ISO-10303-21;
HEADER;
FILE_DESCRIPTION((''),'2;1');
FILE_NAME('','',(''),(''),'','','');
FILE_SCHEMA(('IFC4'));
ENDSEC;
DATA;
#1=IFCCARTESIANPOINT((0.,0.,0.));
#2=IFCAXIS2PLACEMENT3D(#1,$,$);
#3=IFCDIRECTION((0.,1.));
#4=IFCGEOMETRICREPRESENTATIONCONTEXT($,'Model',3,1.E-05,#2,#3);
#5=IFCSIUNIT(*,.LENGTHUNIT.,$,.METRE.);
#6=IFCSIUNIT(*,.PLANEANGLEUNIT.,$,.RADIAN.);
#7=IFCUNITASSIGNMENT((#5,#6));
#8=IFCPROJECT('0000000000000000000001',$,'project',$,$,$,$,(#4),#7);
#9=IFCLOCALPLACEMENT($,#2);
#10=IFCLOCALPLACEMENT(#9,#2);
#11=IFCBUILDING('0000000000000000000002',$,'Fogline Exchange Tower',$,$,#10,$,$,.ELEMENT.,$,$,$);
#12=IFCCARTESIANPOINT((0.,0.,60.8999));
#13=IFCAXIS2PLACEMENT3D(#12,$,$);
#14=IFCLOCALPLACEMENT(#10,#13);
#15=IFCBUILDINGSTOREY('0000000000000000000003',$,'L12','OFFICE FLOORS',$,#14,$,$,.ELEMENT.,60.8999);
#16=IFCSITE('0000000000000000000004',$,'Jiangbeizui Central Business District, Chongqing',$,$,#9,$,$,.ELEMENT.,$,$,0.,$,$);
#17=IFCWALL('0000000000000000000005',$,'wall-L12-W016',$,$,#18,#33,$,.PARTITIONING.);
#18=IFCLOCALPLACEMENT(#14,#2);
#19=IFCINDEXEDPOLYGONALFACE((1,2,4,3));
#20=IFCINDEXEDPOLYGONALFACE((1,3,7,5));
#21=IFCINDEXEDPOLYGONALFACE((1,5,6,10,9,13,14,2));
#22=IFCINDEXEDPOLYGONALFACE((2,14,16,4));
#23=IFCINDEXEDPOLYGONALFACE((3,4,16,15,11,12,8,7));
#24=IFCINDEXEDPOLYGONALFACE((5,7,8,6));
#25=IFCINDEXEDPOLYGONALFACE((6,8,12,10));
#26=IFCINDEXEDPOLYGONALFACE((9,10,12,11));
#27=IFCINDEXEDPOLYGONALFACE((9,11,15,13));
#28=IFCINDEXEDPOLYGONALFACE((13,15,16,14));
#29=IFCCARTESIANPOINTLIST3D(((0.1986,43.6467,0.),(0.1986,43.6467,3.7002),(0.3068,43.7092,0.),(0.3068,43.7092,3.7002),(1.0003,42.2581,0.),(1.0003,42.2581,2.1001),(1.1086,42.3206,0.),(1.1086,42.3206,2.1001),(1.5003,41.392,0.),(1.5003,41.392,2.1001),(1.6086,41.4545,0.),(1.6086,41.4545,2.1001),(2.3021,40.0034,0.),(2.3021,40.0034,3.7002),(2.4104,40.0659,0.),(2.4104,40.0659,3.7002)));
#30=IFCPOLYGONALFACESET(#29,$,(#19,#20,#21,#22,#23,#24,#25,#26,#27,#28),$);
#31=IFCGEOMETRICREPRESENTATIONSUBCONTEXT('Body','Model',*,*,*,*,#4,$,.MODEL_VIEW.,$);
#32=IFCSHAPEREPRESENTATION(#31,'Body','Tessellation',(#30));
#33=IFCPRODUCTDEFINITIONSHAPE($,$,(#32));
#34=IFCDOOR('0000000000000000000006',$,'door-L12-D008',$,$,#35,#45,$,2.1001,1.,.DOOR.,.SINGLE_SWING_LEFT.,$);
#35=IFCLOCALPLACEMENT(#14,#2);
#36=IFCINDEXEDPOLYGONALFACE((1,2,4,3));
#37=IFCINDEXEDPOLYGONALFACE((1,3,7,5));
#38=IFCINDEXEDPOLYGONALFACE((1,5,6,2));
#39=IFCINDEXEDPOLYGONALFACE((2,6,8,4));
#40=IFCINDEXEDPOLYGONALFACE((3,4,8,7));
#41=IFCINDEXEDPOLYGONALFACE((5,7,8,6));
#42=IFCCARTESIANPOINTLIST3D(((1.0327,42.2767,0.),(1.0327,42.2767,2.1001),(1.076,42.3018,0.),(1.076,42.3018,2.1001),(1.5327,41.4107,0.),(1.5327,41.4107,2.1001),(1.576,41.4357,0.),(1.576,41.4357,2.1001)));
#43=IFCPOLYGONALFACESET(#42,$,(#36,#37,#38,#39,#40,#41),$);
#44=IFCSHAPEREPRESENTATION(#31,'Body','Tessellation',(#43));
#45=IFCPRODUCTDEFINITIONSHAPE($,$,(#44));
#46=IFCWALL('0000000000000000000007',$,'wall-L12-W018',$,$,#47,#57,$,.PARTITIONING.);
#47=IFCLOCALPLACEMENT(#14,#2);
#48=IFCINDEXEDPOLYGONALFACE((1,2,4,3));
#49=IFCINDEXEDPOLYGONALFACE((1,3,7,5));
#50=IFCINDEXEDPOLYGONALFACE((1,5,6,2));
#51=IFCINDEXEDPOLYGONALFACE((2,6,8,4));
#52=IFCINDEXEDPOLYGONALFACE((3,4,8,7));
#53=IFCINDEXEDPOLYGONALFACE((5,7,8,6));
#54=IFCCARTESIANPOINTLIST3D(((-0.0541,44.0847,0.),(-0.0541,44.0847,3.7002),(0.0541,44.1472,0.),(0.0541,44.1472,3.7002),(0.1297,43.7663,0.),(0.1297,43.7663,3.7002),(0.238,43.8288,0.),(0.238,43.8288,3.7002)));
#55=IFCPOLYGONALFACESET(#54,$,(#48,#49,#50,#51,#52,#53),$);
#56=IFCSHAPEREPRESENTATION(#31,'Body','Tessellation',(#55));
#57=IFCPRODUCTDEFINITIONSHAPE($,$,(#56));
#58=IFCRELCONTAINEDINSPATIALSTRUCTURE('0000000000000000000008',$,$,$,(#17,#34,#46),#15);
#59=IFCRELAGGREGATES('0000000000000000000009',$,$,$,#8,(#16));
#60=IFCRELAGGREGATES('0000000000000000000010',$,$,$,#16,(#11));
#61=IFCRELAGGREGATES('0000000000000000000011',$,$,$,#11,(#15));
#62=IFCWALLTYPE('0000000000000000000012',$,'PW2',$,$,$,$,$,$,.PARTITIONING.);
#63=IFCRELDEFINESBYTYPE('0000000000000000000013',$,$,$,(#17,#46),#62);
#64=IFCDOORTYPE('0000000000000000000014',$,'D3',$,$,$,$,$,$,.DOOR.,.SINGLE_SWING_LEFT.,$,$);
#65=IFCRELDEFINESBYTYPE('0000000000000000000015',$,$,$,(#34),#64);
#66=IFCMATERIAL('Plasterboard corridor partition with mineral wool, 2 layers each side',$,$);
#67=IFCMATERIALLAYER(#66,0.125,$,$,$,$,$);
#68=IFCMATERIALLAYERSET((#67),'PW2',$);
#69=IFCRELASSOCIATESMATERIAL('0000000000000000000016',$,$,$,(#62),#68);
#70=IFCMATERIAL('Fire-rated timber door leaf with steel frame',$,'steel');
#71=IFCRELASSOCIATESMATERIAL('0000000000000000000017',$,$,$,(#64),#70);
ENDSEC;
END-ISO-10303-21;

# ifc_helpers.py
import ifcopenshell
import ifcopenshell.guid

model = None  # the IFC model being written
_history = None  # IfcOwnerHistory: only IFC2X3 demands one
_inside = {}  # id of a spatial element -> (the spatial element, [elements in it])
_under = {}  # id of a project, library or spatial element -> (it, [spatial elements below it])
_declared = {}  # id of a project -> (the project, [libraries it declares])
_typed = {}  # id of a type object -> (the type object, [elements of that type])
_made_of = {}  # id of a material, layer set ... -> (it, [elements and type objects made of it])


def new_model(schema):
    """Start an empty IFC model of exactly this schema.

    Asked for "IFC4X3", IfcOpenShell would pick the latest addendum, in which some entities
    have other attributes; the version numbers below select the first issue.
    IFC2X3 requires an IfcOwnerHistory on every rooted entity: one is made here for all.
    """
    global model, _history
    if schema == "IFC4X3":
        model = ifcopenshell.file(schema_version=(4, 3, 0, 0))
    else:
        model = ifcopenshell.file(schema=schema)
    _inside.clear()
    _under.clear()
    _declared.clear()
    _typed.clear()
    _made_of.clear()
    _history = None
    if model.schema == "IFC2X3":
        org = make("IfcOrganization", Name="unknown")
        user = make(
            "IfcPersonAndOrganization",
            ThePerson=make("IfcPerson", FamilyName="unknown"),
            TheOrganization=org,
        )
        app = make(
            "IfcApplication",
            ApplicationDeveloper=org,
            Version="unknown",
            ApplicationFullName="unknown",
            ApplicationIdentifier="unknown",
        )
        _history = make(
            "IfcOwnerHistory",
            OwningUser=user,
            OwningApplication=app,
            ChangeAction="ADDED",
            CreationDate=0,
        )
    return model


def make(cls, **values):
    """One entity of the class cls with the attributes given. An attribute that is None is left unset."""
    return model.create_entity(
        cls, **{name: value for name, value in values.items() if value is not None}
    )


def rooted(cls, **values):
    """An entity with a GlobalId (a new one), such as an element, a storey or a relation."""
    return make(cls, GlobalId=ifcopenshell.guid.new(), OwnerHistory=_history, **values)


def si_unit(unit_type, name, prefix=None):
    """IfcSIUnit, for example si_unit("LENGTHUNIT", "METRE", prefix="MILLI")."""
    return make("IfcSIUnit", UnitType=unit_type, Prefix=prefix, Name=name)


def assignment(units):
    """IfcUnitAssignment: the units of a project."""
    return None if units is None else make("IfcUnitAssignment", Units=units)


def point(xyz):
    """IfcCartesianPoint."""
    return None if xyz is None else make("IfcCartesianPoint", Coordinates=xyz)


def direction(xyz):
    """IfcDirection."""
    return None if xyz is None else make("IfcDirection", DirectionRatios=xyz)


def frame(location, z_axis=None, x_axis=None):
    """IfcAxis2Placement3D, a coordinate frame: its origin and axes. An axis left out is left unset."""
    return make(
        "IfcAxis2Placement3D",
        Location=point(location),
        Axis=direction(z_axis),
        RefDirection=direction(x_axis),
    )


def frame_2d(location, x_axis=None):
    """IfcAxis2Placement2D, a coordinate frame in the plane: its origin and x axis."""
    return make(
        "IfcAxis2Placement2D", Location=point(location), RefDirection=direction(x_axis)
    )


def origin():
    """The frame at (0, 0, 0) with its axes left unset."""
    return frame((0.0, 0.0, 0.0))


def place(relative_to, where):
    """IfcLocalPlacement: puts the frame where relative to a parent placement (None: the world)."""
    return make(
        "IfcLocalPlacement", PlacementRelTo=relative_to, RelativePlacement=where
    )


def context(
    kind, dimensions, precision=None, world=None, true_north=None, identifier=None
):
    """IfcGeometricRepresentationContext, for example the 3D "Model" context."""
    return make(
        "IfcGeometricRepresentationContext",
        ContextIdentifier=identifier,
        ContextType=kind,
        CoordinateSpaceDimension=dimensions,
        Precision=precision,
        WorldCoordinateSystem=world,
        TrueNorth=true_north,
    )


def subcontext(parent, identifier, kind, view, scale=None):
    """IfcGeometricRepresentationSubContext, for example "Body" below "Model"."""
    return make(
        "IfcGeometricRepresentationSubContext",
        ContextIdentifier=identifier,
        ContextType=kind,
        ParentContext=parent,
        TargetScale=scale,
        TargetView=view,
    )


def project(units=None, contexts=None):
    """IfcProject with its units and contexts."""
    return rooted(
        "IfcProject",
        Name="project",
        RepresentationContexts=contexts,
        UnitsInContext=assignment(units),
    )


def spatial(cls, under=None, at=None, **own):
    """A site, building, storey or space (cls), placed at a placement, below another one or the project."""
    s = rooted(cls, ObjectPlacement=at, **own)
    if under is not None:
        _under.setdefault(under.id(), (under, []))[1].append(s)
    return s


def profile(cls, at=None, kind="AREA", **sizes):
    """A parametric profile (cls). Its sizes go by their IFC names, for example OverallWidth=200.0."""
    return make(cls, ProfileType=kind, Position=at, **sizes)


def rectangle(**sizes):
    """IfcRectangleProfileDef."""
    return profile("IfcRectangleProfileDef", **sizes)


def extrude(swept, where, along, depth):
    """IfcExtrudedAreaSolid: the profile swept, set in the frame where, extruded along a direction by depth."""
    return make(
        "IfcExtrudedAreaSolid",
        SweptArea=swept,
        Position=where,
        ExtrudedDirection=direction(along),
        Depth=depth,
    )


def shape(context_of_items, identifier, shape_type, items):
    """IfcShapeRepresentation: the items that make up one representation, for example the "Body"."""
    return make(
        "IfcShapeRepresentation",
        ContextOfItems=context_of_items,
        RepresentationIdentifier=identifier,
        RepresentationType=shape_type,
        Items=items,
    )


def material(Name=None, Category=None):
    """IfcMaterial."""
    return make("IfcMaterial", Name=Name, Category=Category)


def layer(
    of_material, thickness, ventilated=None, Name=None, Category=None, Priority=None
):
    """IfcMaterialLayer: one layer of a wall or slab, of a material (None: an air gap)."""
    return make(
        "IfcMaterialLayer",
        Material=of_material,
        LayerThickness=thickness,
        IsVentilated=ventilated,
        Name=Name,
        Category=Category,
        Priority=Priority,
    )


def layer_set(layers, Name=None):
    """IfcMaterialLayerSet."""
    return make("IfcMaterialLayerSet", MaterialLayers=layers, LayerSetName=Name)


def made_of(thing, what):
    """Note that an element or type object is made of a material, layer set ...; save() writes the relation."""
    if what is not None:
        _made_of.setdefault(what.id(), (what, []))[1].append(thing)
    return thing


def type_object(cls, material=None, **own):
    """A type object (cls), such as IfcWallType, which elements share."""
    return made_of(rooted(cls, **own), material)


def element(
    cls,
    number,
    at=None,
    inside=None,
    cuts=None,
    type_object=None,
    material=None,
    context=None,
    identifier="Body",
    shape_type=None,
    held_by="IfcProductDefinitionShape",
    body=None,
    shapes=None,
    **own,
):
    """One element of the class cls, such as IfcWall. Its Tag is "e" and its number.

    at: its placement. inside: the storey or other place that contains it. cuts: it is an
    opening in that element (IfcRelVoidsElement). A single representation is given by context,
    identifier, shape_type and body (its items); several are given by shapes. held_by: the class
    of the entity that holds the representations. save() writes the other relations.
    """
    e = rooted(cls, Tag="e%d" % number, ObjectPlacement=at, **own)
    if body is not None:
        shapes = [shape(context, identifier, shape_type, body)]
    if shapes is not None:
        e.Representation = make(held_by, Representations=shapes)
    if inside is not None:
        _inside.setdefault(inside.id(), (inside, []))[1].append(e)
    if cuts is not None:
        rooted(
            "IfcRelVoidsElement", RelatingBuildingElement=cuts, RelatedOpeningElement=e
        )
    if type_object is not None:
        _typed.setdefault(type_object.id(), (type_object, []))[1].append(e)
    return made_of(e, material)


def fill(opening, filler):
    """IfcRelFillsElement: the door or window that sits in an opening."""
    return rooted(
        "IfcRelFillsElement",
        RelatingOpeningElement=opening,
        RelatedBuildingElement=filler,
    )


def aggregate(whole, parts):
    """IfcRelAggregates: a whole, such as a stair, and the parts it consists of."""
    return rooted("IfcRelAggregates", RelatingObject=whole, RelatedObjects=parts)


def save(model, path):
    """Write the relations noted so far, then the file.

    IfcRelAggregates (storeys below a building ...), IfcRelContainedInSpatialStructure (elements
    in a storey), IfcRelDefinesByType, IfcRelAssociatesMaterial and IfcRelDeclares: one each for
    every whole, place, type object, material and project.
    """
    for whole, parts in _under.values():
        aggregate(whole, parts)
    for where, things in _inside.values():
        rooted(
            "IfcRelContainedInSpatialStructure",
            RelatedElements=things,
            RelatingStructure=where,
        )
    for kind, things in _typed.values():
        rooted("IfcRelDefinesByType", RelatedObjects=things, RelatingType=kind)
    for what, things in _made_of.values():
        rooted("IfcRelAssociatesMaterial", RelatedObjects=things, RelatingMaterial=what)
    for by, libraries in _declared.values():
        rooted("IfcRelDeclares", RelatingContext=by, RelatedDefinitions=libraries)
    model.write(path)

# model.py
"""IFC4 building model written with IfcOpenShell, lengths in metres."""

from ifc_helpers import new_model, si_unit, direction, frame, frame_2d, origin, place, context, subcontext, project, spatial, rectangle, extrude, material, layer, layer_set, type_object, element, fill, save


model = new_model("IFC4")

# Units and contexts
model_context = context("Model", 3, precision=1e-05, world=origin(), true_north=direction((0.0, 1.0)))
body_context = subcontext(model_context, "Body", "Model", "MODEL_VIEW")
ifc_project = project(units=[si_unit("LENGTHUNIT", "METRE"), si_unit("PLANEANGLEUNIT", "RADIAN")], contexts=[model_context])

# Site, building, storey
site_placement = place(None, origin())
site = spatial("IfcSite", under=ifc_project, at=site_placement, Name="Jiangbeizui Central Business District, Chongqing", CompositionType="ELEMENT", RefElevation=0.0)
building_placement = place(site_placement, origin())
building = spatial("IfcBuilding", under=site, at=building_placement, Name="Fogline Exchange Tower", CompositionType="ELEMENT")
storey_placement = place(building_placement, frame((0.0, 0.0, 60.8999)))
storey = spatial("IfcBuildingStorey", under=building, at=storey_placement, Name="L12", Description="OFFICE FLOORS", CompositionType="ELEMENT", Elevation=60.8999)

# Wall, opening, door
ifc_material_1 = material(Name="Plasterboard corridor partition with mineral wool, 2 layers each side")
ifc_layer_1 = layer(ifc_material_1, 0.125)
ifc_layer_set_1 = layer_set([ifc_layer_1], Name="PW2")
wall_type_1 = type_object("IfcWallType", Name="PW2", PredefinedType="PARTITIONING", material=ifc_layer_set_1)
wall_1_placement = place(storey_placement, frame((0.2527, 43.678, 0.0), z_axis=(0.0, 0.0, 1.0), x_axis=(0.500009, -0.86602, 0.0)))
wall_1 = element("IfcWall", 1, at=wall_1_placement, inside=storey, type_object=wall_type_1, Name="wall-L12-W016", PredefinedType="PARTITIONING", context=body_context, shape_type="SweptSolid", body=[
    extrude(rectangle(XDim=4.207, YDim=0.125, at=frame_2d((2.1035, 0.0))), origin(), (0.0, 0.0, 1.0), 3.7002),
])
opening_1_placement = place(wall_1_placement, frame((1.6035, 0.0, 0.0)))
opening_1 = element("IfcOpeningElement", 2, at=opening_1_placement, cuts=wall_1, PredefinedType="OPENING", context=body_context, shape_type="SweptSolid", body=[
    extrude(rectangle(XDim=1.0, YDim=2.1001, at=frame_2d((0.5, 1.05))), frame((0.0, 0.0725, 0.0), z_axis=(0.0, -1.0, 0.0), x_axis=(1.0, 0.0, 0.0)), (0.0, 0.0, 1.0), 0.145),
])
ifc_material_2 = material(Name="Fire-rated timber door leaf with steel frame", Category="steel")
door_type_1 = type_object("IfcDoorType", Name="D3", OperationType="SINGLE_SWING_LEFT", PredefinedType="DOOR", material=ifc_material_2)
door_1_placement = place(opening_1_placement, origin())
door_1 = element("IfcDoor", 3, at=door_1_placement, inside=storey, type_object=door_type_1, Name="door-L12-D008", OperationType="SINGLE_SWING_LEFT", OverallHeight=2.1001, OverallWidth=1.0, PredefinedType="DOOR", context=body_context, shape_type="SweptSolid", body=[
    extrude(rectangle(XDim=1.0, YDim=2.1001, at=frame_2d((0.5, 1.05))), frame((0.0, 0.0249, 0.0), z_axis=(0.0, -1.0, 0.0), x_axis=(1.0, 0.0, 0.0)), (0.0, 0.0, 1.0), 0.05),
])
fill(opening_1, door_1)

# Wall
wall_2_placement = place(storey_placement, frame((0.0, 44.116, 0.0), z_axis=(0.0, 0.0, 1.0), x_axis=(0.500067, -0.865987, 0.0)))
element("IfcWall", 4, at=wall_2_placement, inside=storey, type_object=wall_type_1, Name="wall-L12-W018", PredefinedType="PARTITIONING", context=body_context, shape_type="SweptSolid", body=[
    extrude(rectangle(XDim=0.3677, YDim=0.125, at=frame_2d((0.1838, 0.0))), origin(), (0.0, 0.0, 1.0), 3.7002),
])

save(model, "model.ifc")
